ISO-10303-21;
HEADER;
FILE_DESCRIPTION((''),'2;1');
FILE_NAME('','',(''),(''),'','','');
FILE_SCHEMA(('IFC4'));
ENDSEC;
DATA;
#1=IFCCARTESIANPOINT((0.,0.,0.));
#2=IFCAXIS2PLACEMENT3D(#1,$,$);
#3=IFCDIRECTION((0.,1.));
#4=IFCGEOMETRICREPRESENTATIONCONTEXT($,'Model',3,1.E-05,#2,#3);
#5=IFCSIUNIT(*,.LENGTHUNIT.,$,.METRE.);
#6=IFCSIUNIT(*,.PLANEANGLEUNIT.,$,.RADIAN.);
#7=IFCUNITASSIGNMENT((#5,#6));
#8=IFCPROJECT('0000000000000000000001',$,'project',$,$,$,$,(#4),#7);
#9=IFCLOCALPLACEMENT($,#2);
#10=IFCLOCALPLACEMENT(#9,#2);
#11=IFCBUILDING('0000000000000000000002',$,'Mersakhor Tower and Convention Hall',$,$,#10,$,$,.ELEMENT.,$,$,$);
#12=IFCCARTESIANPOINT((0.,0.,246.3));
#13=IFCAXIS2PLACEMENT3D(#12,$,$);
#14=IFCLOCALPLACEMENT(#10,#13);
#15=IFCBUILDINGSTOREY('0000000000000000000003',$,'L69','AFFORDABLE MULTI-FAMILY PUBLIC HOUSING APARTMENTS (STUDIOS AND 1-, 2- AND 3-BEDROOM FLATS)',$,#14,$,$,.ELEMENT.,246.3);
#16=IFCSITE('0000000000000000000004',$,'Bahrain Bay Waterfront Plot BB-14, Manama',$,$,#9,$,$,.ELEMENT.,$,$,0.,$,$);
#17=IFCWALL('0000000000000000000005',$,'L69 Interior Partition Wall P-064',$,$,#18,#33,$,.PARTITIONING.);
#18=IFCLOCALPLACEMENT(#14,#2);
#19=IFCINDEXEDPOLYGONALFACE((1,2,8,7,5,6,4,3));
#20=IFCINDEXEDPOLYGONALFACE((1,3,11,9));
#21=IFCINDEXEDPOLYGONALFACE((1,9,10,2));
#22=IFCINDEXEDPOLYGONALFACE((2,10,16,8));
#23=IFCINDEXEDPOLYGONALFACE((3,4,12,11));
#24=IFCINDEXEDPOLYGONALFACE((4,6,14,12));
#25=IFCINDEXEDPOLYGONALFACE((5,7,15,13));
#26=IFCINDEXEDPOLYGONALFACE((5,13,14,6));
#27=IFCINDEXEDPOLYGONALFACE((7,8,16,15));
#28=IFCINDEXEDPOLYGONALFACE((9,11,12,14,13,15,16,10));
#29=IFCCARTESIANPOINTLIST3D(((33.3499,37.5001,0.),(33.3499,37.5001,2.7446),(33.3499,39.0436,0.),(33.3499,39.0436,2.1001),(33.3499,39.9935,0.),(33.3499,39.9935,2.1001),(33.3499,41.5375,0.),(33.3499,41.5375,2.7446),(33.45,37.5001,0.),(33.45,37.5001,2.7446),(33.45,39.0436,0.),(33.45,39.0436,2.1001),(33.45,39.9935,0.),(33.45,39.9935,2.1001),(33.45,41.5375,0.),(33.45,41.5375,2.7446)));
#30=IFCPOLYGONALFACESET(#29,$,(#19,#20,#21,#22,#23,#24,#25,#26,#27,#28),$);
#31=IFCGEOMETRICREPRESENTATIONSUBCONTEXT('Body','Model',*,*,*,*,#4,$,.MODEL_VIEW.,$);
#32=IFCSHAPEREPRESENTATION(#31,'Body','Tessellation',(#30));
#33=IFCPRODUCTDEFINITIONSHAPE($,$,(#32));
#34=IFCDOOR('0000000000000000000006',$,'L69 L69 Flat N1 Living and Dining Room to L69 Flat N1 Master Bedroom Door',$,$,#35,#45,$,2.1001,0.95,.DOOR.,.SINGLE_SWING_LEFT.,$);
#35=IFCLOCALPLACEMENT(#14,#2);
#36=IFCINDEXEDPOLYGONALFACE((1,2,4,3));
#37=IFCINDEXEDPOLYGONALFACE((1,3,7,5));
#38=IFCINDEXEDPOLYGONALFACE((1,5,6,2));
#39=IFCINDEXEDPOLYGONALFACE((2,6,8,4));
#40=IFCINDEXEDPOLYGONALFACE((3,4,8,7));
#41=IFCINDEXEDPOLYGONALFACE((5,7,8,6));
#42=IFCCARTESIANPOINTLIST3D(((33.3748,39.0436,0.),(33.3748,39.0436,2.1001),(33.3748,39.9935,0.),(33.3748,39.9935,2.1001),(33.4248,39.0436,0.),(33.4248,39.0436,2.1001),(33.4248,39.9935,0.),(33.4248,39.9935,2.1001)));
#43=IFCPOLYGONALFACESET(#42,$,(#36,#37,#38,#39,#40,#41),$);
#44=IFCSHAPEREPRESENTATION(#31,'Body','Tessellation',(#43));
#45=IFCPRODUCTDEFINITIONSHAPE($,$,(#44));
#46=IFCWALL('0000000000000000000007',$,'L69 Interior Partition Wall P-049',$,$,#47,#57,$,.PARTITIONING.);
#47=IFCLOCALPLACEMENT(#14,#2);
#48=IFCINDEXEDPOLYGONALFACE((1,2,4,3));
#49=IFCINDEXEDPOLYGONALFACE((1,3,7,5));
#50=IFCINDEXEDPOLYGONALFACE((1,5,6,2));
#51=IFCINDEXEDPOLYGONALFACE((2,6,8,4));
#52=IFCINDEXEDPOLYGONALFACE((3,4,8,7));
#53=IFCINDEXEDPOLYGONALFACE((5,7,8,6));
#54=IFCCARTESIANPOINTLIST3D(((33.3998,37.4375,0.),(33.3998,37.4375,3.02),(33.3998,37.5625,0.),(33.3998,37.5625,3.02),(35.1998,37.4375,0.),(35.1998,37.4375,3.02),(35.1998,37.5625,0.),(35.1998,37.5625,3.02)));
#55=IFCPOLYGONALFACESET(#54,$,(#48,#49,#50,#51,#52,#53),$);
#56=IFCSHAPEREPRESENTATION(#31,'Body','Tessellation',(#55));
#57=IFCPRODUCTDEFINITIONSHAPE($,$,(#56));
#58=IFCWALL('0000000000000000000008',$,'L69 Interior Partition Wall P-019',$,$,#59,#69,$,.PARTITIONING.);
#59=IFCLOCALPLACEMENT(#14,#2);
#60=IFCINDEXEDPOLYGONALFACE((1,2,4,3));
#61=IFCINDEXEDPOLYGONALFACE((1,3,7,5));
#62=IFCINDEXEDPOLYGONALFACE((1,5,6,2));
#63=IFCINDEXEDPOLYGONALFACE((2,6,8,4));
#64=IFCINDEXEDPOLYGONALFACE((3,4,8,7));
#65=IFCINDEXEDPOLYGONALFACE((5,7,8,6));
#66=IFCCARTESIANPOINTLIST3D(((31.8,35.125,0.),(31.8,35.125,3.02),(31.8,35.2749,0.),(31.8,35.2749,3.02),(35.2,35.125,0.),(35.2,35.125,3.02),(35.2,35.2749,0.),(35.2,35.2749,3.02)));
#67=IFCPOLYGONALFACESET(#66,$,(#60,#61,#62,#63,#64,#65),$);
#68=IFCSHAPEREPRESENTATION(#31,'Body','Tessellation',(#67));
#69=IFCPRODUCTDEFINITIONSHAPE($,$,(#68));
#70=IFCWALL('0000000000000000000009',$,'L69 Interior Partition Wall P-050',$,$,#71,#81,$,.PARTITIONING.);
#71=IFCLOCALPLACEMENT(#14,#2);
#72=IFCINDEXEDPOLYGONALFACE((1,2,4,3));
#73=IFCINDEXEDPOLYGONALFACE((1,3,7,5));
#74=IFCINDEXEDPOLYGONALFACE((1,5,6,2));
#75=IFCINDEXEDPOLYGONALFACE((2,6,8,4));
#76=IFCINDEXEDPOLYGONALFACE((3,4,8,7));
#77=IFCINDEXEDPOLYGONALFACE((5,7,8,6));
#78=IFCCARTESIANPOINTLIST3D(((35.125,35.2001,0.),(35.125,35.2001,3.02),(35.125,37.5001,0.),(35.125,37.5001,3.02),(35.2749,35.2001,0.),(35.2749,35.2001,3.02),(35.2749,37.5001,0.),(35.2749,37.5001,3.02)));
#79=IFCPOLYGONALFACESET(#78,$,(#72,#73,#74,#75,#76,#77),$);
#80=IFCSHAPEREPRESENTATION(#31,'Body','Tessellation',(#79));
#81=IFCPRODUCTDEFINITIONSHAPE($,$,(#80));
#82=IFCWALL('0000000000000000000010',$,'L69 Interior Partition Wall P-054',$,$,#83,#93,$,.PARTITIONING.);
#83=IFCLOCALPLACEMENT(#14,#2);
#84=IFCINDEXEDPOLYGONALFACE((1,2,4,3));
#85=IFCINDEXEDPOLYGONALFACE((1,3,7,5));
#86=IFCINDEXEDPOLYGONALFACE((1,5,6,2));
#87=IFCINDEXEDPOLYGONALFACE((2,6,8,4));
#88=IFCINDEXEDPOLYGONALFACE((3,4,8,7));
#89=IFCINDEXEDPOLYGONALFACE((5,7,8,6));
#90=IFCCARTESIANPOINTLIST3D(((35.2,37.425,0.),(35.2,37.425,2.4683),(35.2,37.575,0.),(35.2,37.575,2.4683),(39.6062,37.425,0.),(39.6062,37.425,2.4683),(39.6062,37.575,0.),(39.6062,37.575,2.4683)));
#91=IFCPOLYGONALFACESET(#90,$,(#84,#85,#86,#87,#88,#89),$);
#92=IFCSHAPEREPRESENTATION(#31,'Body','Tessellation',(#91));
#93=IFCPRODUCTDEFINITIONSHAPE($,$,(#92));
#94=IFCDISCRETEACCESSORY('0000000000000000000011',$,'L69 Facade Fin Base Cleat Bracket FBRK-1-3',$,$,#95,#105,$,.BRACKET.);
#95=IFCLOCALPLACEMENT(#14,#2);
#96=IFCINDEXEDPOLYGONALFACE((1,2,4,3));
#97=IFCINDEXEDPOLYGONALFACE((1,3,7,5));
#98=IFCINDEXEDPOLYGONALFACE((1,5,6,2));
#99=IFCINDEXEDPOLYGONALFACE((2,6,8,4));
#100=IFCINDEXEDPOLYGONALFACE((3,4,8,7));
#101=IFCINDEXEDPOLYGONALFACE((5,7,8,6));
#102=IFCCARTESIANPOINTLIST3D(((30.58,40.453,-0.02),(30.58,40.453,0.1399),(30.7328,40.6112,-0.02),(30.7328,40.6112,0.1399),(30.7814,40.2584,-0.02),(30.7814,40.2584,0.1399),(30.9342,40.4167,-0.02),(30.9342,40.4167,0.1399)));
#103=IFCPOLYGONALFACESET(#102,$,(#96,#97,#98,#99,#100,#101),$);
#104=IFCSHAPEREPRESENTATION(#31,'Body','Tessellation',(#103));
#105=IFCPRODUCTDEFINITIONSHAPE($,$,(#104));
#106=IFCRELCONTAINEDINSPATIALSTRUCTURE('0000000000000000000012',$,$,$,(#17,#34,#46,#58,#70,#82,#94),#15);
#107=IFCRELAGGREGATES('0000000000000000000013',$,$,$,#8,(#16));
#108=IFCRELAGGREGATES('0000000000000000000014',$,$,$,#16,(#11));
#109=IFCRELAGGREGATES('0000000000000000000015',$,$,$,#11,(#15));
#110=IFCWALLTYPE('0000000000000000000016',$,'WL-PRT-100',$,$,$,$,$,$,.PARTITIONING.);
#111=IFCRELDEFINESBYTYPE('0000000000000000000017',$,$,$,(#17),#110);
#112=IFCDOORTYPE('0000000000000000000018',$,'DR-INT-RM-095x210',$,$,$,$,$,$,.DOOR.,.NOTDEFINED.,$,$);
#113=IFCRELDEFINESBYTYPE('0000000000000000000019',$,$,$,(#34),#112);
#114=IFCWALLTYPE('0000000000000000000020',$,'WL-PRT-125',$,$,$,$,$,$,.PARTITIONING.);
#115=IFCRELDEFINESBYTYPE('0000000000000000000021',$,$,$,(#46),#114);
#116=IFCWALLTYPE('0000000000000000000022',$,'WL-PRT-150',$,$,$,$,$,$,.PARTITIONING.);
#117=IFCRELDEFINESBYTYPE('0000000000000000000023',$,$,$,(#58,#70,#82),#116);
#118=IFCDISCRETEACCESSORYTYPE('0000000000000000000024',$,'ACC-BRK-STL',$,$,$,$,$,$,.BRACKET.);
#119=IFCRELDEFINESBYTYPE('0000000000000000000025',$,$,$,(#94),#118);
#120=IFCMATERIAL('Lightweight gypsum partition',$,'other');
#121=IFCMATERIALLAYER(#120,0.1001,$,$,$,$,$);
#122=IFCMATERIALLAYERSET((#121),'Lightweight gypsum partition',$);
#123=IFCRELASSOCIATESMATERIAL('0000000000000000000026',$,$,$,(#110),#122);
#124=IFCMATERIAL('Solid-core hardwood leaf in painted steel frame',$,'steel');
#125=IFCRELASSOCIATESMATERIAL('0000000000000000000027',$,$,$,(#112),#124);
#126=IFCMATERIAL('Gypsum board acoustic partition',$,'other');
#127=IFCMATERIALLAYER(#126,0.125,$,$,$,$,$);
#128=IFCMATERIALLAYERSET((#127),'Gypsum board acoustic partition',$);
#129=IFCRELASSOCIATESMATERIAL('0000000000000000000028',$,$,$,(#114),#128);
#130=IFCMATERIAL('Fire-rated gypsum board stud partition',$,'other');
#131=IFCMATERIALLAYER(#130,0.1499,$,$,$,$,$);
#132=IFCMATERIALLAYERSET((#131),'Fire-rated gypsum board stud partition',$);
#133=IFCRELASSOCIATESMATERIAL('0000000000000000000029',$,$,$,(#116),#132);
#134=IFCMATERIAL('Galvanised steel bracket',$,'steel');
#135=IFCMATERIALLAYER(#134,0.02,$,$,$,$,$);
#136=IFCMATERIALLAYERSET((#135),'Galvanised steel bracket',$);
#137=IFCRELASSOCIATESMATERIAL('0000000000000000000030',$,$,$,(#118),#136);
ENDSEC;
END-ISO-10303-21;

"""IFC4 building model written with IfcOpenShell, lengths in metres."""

from ifc_helpers import new_model, si_unit, direction, frame, frame_2d, origin, origin_2d, place, context, subcontext, project, spatial, rectangle, extrude, material, layer, layer_set, type_object, element, fill, save


model = new_model("IFC4")

# Units and contexts
model_context = context("Model", 3, precision=1e-05, world=origin(), true_north=direction((0.0, 1.0)))
body_context = subcontext(model_context, "Body", "Model", "MODEL_VIEW")
ifc_project = project(units=[si_unit("LENGTHUNIT", "METRE"), si_unit("PLANEANGLEUNIT", "RADIAN")], contexts=[model_context])

# Site, building, storey
site_placement = place(None, origin())
site = spatial("IfcSite", under=ifc_project, at=site_placement, Name="Bahrain Bay Waterfront Plot BB-14, Manama", CompositionType="ELEMENT", RefElevation=0.0)
building_placement = place(site_placement, origin())
building = spatial("IfcBuilding", under=site, at=building_placement, Name="Mersakhor Tower and Convention Hall", CompositionType="ELEMENT")
storey_placement = place(building_placement, frame((0.0, 0.0, 246.3)))
storey = spatial("IfcBuildingStorey", under=building, at=storey_placement, Name="L69", Description="AFFORDABLE MULTI-FAMILY PUBLIC HOUSING APARTMENTS (STUDIOS AND 1-, 2- AND 3-BEDROOM FLATS)", CompositionType="ELEMENT", Elevation=246.3)

# Wall, opening, door
ifc_material_1 = material(Name="Lightweight gypsum partition", Category="other")
ifc_layer_1 = layer(ifc_material_1, 0.1001)
ifc_layer_set_1 = layer_set([ifc_layer_1], Name="Lightweight gypsum partition")
wall_type_1 = type_object("IfcWallType", Name="WL-PRT-100", PredefinedType="PARTITIONING", material=ifc_layer_set_1)
ifc_material_2 = material(Name="Solid-core hardwood leaf in painted steel frame", Category="steel")
door_type_1 = type_object("IfcDoorType", Name="DR-INT-RM-095x210", OperationType="NOTDEFINED", PredefinedType="DOOR", material=ifc_material_2)
wall_1_placement = place(storey_placement, frame((33.3999, 41.5374, 0.0), z_axis=(0.0, 0.0, 1.0), x_axis=(0.0, -1.0, 0.0)))
wall_1 = element("IfcWall", 1, at=wall_1_placement, inside=storey, type_object=wall_type_1, Name="L69 Interior Partition Wall P-064", PredefinedType="PARTITIONING", context=body_context, shape_type="SweptSolid", body=[
    extrude(rectangle(XDim=4.0374, YDim=0.1001, at=frame_2d((2.0186, 0.0))), origin(), (0.0, 0.0, 1.0), 2.7446),
])
opening_1_placement = place(wall_1_placement, frame((1.5437, 0.0, 0.0)))
opening_1 = element("IfcOpeningElement", 2, at=opening_1_placement, cuts=wall_1, PredefinedType="OPENING", context=body_context, shape_type="SweptSolid", body=[
    extrude(rectangle(XDim=0.95, YDim=2.1001, at=frame_2d((0.4751, 1.05))), frame((0.0, 0.0601, 0.0), z_axis=(0.0, -1.0, 0.0), x_axis=(1.0, 0.0, 0.0)), (0.0, 0.0, 1.0), 0.1201),
])
door_1_placement = place(opening_1_placement, origin())
door_1 = element("IfcDoor", 3, at=door_1_placement, inside=storey, type_object=door_type_1, Name="L69 L69 Flat N1 Living and Dining Room to L69 Flat N1 Master Bedroom Door", OperationType="SINGLE_SWING_LEFT", OverallHeight=2.1001, OverallWidth=0.95, PredefinedType="DOOR", context=body_context, shape_type="SweptSolid", body=[
    extrude(rectangle(XDim=0.95, YDim=2.1001, at=frame_2d((0.4751, 1.05))), frame((0.0, 0.0249, 0.0), z_axis=(0.0, -1.0, 0.0), x_axis=(1.0, 0.0, 0.0)), (0.0, 0.0, 1.0), 0.05),
])
fill(opening_1, door_1)

# Walls
ifc_material_3 = material(Name="Gypsum board acoustic partition", Category="other")
ifc_layer_2 = layer(ifc_material_3, 0.125)
ifc_layer_set_2 = layer_set([ifc_layer_2], Name="Gypsum board acoustic partition")
wall_type_2 = type_object("IfcWallType", Name="WL-PRT-125", PredefinedType="PARTITIONING", material=ifc_layer_set_2)
wall_2_placement = place(storey_placement, frame((33.3999, 37.5, 0.0), z_axis=(0.0, 0.0, 1.0), x_axis=(1.0, 0.0, 0.0)))
element("IfcWall", 4, at=wall_2_placement, inside=storey, type_object=wall_type_2, Name="L69 Interior Partition Wall P-049", PredefinedType="PARTITIONING", context=body_context, shape_type="SweptSolid", body=[
    extrude(rectangle(XDim=1.8, YDim=0.125, at=frame_2d((0.8999, 0.0))), origin(), (0.0, 0.0, 1.0), 3.02),
])
ifc_material_4 = material(Name="Fire-rated gypsum board stud partition", Category="other")
ifc_layer_3 = layer(ifc_material_4, 0.1499)
ifc_layer_set_3 = layer_set([ifc_layer_3], Name="Fire-rated gypsum board stud partition")
wall_type_3 = type_object("IfcWallType", Name="WL-PRT-150", PredefinedType="PARTITIONING", material=ifc_layer_set_3)
wall_3_placement = place(storey_placement, frame((31.8, 35.2, 0.0), z_axis=(0.0, 0.0, 1.0), x_axis=(1.0, 0.0, 0.0)))
element("IfcWall", 5, at=wall_3_placement, inside=storey, type_object=wall_type_3, Name="L69 Interior Partition Wall P-019", PredefinedType="PARTITIONING", context=body_context, shape_type="SweptSolid", body=[
    extrude(rectangle(XDim=3.3999, YDim=0.1499, at=frame_2d((1.7, 0.0))), origin(), (0.0, 0.0, 1.0), 3.02),
])

# Walls
wall_4_placement = place(storey_placement, frame((35.2, 37.5, 0.0), z_axis=(0.0, 0.0, 1.0), x_axis=(0.0, -1.0, 0.0)))
element("IfcWall", 6, at=wall_4_placement, inside=storey, type_object=wall_type_3, Name="L69 Interior Partition Wall P-050", PredefinedType="PARTITIONING", context=body_context, shape_type="SweptSolid", body=[
    extrude(rectangle(XDim=2.3, YDim=0.1499, at=frame_2d((1.1499, 0.0))), origin(), (0.0, 0.0, 1.0), 3.02),
])
wall_5_placement = place(storey_placement, frame((35.2, 37.5, 0.0), z_axis=(0.0, 0.0, 1.0), x_axis=(1.0, 0.0, 0.0)))
element("IfcWall", 7, at=wall_5_placement, inside=storey, type_object=wall_type_3, Name="L69 Interior Partition Wall P-054", PredefinedType="PARTITIONING", context=body_context, shape_type="SweptSolid", body=[
    extrude(rectangle(XDim=4.4062, YDim=0.1499, at=frame_2d((2.2031, 0.0))), origin(), (0.0, 0.0, 1.0), 2.4683),
])

# Discrete accessory
ifc_material_5 = material(Name="Galvanised steel bracket", Category="steel")
ifc_layer_4 = layer(ifc_material_5, 0.02)
ifc_layer_set_4 = layer_set([ifc_layer_4], Name="Galvanised steel bracket")
discrete_accessory_type = type_object("IfcDiscreteAccessoryType", Name="ACC-BRK-STL", PredefinedType="BRACKET", material=ifc_layer_set_4)
discrete_accessory_placement = place(storey_placement, frame((30.7571, 40.4348, -0.02), z_axis=(0.0, 0.0, 1.0), x_axis=(-0.71934, 0.694658, 0.0)))
element("IfcDiscreteAccessory", 8, at=discrete_accessory_placement, inside=storey, type_object=discrete_accessory_type, Name="L69 Facade Fin Base Cleat Bracket FBRK-1-3", PredefinedType="BRACKET", context=body_context, shape_type="SweptSolid", body=[
    extrude(rectangle(XDim=0.28, YDim=0.22, at=origin_2d()), origin(), (0.0, 0.0, 1.0), 0.1599),
])

save(model, "model.ifc")
